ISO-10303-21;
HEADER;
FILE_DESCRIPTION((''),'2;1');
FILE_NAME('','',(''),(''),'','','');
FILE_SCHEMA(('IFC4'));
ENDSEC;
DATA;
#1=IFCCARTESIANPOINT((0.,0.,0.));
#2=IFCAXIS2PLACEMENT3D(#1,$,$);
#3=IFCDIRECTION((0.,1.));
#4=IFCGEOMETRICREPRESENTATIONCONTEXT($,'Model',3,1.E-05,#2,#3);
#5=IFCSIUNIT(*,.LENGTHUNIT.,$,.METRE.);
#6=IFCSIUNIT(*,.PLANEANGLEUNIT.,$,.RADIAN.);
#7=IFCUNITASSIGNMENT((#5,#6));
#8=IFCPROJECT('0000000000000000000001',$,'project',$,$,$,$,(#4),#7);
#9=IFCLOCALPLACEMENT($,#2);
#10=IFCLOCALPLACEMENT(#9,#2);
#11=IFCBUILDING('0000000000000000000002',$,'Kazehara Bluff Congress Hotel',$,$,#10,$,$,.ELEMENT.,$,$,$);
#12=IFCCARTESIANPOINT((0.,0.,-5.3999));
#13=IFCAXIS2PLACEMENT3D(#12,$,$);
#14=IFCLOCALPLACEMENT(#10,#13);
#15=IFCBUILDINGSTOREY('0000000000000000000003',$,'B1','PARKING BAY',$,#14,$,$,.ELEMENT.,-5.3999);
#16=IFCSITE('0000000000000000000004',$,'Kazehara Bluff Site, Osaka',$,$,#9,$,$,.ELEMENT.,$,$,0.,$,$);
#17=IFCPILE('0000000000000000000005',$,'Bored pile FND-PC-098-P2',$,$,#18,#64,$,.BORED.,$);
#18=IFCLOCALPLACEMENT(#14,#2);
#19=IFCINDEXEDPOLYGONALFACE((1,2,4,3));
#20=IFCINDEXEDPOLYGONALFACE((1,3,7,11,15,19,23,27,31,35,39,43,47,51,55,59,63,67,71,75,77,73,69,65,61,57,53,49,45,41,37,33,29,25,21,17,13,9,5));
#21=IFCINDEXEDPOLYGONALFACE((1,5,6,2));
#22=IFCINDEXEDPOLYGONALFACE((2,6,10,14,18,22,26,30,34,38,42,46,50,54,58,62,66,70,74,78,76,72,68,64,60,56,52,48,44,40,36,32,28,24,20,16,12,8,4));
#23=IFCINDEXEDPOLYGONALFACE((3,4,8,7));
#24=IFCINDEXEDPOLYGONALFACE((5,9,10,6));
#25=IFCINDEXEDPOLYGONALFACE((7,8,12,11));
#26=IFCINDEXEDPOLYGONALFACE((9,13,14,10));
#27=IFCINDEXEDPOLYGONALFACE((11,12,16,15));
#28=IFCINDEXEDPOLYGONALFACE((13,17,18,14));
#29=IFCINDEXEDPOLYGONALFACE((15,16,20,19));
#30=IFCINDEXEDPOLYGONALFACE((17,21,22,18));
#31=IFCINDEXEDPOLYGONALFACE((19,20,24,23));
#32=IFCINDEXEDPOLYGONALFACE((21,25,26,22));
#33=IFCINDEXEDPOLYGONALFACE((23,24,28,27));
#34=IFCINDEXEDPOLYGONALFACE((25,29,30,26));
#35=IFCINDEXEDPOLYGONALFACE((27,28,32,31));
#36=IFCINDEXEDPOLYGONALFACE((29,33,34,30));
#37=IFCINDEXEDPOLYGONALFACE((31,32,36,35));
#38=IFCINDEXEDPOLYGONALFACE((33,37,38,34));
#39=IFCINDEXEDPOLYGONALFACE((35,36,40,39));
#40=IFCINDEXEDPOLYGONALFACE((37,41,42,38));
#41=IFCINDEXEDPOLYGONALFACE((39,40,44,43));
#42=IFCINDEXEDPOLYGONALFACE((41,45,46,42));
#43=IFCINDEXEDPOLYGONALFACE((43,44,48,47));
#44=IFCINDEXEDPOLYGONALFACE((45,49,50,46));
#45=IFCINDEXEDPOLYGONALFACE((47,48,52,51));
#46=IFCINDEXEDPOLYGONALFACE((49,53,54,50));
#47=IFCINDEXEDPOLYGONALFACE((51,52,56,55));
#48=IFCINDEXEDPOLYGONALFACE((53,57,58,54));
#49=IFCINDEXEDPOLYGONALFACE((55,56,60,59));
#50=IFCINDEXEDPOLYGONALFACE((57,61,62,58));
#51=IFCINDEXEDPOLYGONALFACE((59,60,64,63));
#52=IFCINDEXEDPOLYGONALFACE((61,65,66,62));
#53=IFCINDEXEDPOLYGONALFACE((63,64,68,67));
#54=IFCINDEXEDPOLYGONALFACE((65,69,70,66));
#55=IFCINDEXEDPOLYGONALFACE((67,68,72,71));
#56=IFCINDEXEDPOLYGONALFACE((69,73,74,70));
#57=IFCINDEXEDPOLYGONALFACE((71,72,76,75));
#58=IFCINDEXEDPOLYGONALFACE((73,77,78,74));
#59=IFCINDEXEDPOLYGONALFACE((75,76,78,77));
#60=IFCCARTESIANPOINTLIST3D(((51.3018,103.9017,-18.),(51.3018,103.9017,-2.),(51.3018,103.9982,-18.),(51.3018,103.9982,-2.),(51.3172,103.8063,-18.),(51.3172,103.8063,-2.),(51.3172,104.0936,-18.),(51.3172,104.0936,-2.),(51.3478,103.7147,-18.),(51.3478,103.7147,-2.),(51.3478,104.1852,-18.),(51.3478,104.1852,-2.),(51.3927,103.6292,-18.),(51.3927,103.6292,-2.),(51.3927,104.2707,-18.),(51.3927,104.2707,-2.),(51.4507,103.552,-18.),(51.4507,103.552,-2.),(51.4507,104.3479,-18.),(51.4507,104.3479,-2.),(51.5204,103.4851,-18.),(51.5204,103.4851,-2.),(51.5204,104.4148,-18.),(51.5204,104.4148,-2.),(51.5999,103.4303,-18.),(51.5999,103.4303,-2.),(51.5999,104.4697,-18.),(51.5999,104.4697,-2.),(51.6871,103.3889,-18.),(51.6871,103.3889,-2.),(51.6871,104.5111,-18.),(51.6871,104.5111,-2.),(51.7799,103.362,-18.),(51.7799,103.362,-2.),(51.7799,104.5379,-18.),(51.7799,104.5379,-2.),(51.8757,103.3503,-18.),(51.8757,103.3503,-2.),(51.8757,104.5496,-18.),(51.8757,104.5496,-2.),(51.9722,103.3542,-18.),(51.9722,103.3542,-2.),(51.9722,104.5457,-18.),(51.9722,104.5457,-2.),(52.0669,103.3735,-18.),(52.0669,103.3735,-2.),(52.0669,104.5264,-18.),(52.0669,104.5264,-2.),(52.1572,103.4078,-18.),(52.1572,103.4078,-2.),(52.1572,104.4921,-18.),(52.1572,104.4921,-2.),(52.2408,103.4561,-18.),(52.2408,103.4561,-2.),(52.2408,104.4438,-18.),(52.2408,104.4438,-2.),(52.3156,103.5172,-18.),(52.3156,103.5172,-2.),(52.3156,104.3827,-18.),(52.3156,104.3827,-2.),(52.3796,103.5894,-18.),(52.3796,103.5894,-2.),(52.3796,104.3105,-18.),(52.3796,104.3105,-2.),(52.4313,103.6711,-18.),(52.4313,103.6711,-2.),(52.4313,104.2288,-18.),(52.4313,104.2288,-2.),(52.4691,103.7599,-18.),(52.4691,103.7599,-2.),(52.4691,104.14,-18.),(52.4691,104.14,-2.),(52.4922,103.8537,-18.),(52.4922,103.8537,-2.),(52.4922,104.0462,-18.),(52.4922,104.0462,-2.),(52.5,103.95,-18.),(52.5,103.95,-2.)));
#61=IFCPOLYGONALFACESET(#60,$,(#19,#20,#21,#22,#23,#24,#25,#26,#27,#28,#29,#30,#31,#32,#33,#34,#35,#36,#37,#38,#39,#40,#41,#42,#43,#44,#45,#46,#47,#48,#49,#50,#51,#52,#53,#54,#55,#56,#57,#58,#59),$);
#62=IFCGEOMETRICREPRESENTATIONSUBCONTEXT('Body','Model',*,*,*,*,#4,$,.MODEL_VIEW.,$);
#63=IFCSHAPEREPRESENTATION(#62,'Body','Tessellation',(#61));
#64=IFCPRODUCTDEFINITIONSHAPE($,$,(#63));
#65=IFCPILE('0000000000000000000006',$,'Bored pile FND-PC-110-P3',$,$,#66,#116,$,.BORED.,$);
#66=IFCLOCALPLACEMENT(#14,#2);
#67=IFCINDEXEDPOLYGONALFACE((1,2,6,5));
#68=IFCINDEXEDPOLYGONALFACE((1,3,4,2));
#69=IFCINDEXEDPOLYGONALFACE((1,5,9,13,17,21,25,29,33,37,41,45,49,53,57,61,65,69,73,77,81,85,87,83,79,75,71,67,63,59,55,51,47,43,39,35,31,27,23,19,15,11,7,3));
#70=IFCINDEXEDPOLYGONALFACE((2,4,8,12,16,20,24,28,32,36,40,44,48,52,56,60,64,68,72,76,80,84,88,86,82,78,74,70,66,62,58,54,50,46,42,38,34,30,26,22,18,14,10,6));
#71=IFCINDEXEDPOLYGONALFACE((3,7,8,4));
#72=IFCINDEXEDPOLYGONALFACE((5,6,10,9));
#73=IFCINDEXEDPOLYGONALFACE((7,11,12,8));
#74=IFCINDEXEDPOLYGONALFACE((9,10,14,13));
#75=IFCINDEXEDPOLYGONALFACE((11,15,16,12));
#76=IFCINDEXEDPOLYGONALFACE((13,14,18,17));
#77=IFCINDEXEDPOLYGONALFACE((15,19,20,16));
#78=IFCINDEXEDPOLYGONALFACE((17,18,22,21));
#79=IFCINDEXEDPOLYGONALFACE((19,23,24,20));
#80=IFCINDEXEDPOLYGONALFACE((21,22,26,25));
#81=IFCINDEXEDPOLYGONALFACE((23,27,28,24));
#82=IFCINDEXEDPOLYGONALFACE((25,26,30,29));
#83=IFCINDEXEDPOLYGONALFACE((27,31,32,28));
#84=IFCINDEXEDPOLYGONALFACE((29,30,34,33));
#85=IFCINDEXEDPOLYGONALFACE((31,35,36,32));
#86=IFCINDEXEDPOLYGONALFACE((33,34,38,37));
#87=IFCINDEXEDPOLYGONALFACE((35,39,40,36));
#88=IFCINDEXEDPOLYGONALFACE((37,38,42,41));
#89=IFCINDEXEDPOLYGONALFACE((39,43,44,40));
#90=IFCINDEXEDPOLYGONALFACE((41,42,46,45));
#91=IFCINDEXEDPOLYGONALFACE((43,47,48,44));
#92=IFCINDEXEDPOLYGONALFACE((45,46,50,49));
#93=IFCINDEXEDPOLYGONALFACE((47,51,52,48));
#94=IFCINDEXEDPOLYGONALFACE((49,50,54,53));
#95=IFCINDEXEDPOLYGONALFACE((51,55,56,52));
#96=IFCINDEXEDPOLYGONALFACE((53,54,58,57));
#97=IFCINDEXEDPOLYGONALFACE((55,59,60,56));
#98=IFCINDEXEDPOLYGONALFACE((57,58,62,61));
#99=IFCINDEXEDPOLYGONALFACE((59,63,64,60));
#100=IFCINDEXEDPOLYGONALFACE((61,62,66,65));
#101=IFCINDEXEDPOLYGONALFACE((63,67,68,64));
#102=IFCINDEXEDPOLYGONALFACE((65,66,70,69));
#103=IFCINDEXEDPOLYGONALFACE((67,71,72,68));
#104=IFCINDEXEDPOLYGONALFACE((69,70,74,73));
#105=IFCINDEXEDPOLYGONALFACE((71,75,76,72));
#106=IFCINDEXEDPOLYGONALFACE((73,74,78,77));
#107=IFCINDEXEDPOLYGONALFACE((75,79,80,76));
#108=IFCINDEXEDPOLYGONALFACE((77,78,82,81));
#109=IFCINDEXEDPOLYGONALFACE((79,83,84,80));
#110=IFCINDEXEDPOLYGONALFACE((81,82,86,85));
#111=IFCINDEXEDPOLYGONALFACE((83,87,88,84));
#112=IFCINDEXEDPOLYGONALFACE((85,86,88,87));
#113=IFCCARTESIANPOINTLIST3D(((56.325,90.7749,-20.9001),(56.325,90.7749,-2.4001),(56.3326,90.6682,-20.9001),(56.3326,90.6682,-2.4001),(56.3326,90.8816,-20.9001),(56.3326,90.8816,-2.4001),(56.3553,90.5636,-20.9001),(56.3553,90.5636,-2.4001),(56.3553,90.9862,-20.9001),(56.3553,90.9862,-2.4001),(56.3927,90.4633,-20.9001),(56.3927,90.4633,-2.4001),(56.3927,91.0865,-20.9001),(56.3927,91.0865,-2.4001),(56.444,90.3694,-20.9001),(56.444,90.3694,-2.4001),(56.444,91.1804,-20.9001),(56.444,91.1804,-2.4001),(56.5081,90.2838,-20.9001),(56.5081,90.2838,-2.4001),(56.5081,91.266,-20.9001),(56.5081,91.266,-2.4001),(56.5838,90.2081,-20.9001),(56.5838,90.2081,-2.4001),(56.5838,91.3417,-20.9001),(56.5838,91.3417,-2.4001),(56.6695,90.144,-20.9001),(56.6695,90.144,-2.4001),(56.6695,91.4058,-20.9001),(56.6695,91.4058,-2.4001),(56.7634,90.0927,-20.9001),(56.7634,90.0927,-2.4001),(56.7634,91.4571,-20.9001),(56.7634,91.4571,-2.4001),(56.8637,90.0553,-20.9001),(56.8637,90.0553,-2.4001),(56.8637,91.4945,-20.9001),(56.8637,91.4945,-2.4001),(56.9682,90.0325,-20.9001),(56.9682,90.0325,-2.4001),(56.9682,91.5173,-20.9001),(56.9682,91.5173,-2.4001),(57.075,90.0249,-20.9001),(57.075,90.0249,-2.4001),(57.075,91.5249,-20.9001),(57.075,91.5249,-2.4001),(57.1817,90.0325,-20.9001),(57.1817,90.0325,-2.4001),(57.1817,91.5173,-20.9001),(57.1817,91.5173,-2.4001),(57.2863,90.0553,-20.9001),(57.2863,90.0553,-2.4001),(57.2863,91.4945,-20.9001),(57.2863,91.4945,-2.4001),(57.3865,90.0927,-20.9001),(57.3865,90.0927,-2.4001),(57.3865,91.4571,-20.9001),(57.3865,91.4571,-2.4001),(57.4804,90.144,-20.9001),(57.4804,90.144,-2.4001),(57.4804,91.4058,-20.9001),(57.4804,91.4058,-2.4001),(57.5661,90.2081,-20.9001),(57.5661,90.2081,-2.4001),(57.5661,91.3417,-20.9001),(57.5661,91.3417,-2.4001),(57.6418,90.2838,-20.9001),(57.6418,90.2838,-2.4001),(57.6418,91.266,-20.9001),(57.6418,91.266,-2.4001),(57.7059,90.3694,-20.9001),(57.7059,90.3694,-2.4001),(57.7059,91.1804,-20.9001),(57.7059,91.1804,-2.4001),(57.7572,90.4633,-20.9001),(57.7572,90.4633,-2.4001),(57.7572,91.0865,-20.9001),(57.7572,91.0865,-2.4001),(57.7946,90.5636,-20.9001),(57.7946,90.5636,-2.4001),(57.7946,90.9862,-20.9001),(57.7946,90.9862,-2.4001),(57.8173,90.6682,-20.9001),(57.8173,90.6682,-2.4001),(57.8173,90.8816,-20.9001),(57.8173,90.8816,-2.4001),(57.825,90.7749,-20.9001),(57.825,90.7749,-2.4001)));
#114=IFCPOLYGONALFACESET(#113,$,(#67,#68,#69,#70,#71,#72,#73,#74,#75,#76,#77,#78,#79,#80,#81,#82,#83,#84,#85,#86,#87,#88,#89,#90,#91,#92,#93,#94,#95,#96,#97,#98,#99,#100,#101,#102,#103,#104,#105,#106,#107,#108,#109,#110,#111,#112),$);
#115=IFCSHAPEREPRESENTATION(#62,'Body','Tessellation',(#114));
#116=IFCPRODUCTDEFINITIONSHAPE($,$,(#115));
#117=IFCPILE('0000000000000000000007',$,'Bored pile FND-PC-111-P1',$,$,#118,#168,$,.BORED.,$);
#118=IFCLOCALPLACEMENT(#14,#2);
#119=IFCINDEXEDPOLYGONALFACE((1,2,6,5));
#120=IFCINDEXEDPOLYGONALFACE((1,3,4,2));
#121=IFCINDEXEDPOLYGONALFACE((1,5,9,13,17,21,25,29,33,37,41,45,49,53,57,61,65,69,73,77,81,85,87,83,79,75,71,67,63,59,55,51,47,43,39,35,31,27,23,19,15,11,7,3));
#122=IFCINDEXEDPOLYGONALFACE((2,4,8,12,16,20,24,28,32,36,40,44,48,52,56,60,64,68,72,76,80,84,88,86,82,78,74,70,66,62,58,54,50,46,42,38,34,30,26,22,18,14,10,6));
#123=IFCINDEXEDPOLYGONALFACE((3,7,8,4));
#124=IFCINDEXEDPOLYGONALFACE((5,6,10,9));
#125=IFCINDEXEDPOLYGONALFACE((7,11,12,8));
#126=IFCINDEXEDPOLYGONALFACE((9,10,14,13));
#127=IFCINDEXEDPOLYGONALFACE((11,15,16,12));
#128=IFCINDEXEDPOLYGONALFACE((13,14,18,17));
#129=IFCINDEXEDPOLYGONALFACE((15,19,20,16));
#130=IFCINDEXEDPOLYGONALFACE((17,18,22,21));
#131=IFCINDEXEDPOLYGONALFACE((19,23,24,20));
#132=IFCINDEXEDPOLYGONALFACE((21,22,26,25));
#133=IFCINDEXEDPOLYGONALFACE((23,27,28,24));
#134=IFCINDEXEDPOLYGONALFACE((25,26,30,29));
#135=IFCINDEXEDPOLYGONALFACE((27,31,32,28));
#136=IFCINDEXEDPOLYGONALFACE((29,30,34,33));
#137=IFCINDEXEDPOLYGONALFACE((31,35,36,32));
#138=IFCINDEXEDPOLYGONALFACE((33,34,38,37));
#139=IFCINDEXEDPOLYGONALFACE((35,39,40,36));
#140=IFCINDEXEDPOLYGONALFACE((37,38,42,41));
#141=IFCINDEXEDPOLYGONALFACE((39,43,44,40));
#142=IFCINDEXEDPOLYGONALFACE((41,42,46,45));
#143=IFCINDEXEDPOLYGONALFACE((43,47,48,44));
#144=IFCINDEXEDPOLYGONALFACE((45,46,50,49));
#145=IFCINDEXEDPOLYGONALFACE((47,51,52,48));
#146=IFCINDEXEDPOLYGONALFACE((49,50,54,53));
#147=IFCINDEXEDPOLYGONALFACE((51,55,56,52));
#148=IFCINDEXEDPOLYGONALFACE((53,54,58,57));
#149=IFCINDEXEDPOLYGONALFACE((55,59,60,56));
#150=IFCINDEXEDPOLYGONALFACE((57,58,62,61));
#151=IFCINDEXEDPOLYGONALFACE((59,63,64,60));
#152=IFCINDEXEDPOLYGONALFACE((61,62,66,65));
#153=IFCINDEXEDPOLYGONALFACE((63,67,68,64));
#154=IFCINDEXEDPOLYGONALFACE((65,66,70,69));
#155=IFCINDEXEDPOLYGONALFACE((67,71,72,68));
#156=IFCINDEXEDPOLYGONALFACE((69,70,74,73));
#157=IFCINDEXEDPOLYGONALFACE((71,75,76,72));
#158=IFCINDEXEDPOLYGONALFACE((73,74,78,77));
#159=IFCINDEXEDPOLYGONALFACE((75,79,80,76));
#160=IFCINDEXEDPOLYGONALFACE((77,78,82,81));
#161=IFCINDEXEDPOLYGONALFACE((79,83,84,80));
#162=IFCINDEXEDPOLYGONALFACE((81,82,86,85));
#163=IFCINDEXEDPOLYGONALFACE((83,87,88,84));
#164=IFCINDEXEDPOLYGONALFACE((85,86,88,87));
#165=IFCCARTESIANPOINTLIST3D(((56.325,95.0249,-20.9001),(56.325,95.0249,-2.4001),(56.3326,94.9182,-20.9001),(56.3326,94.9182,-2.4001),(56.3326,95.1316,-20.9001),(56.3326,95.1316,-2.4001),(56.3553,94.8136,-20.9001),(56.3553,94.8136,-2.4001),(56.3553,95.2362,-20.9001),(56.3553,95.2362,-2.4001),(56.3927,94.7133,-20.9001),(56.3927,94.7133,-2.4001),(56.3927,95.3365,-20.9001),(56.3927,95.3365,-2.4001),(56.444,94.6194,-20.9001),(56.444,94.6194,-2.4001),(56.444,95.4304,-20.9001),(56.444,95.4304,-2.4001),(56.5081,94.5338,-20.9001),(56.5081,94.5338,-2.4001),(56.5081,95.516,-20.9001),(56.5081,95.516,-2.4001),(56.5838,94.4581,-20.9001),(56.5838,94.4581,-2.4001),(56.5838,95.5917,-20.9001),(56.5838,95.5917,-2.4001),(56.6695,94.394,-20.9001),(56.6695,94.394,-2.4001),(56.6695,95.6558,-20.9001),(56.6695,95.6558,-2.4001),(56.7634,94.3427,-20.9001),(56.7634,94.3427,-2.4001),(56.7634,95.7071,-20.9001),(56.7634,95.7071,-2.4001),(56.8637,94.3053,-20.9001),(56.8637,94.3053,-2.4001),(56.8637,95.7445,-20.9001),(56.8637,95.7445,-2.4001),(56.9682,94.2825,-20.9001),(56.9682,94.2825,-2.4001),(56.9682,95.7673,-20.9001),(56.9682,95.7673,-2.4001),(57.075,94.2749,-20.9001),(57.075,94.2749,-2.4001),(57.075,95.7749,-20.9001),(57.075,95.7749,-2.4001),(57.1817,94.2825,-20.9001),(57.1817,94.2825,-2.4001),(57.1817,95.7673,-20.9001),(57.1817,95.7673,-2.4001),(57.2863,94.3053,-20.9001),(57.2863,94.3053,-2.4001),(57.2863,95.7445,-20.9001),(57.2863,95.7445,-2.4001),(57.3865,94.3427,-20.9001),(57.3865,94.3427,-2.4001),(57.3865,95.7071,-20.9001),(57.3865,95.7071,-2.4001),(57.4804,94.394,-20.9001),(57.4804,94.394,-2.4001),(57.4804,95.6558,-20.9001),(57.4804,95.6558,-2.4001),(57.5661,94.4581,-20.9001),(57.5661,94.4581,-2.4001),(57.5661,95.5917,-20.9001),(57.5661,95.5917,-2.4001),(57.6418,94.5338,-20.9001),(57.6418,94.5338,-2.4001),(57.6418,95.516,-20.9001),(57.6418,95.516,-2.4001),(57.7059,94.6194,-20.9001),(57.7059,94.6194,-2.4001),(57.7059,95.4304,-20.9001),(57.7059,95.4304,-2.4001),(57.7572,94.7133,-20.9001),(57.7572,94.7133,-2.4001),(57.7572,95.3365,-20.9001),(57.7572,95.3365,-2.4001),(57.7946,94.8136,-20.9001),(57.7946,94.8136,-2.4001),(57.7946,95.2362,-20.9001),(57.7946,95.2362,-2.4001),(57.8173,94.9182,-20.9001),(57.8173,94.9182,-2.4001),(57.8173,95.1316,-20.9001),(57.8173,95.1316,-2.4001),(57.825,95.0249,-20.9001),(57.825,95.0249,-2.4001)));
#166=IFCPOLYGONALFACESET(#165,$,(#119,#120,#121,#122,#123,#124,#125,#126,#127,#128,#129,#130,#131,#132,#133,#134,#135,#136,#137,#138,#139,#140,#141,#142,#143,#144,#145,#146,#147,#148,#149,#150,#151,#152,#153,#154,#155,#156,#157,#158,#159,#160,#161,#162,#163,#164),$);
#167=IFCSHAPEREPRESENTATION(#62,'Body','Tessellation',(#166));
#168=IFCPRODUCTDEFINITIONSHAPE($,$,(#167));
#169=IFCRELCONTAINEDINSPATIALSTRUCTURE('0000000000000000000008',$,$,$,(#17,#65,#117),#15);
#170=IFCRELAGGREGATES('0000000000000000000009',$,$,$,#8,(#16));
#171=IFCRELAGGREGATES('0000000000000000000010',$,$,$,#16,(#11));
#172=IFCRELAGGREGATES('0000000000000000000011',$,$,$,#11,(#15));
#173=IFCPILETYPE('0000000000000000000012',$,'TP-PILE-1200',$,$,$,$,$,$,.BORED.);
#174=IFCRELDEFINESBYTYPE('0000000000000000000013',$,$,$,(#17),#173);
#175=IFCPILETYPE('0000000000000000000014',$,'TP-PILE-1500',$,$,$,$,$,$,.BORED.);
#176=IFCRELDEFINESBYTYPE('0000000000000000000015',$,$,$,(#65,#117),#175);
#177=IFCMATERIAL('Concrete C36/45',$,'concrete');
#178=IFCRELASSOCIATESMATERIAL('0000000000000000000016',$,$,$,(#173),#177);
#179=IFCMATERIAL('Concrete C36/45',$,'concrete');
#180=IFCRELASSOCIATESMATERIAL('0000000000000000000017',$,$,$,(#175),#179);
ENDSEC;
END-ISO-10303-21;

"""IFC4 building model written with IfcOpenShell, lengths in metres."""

from ifc_helpers import new_model, si_unit, direction, frame, origin, origin_2d, place, context, subcontext, project, spatial, circle, extrude, material, material_profile, profile_set, type_object, element, save


model = new_model("IFC4")

# Units and contexts
model_context = context("Model", 3, precision=1e-05, world=origin(), true_north=direction((0.0, 1.0)))
body_context = subcontext(model_context, "Body", "Model", "MODEL_VIEW")
ifc_project = project(units=[si_unit("LENGTHUNIT", "METRE"), si_unit("PLANEANGLEUNIT", "RADIAN")], contexts=[model_context])

# Site, building, storey
site_placement = place(None, origin())
site = spatial("IfcSite", under=ifc_project, at=site_placement, Name="Kazehara Bluff Site, Osaka", CompositionType="ELEMENT", RefElevation=0.0)
building_placement = place(site_placement, origin())
building = spatial("IfcBuilding", under=site, at=building_placement, Name="Kazehara Bluff Congress Hotel", CompositionType="ELEMENT")
storey_placement = place(building_placement, frame((0.0, 0.0, -5.3999)))
storey = spatial("IfcBuildingStorey", under=building, at=storey_placement, Name="B1", Description="PARKING BAY", CompositionType="ELEMENT", Elevation=-5.3999)

# Piles
ifc_material_1 = material(Name="Concrete C36/45", Category="concrete")
ifc_material_profile_1 = material_profile(ifc_material_1, circle(Radius=0.6001, at=origin_2d()))
ifc_profile_set_1 = profile_set([ifc_material_profile_1], Name="Concrete C36/45")
pile_type_1 = type_object("IfcPileType", Name="TP-PILE-1200", PredefinedType="BORED", material=ifc_profile_set_1)
for number, where, z_axis, x_axis, name in (
    (1, (51.8999, 103.95, -2.0), (0.0, 0.0, -1.0), (1.0, 0.0, 0.0), "Bored pile FND-PC-098-P2"),
):
    element("IfcPile", number, at=place(storey_placement, frame(where, z_axis=z_axis, x_axis=x_axis)), inside=storey, type_object=pile_type_1, Name=name, PredefinedType="BORED", context=body_context, shape_type="SweptSolid", body=[
        extrude(circle(Radius=0.6001, at=origin_2d()), origin(), (0.0, 0.0, 1.0), 16.0),
    ])
ifc_material_2 = material(Name="Concrete C36/45", Category="concrete")
ifc_material_profile_2 = material_profile(ifc_material_2, circle(Radius=0.75, at=origin_2d()))
ifc_profile_set_2 = profile_set([ifc_material_profile_2], Name="Concrete C36/45")
pile_type_2 = type_object("IfcPileType", Name="TP-PILE-1500", PredefinedType="BORED", material=ifc_profile_set_2)
for number, where, z_axis, x_axis, name in (
    (2, (57.075, 90.7749, -2.4001), (0.0, 0.0, -1.0), (1.0, 0.0, 0.0), "Bored pile FND-PC-110-P3"),
    (3, (57.075, 95.0249, -2.4001), (0.0, 0.0, -1.0), (1.0, 0.0, 0.0), "Bored pile FND-PC-111-P1"),
):
    element("IfcPile", number, at=place(storey_placement, frame(where, z_axis=z_axis, x_axis=x_axis)), inside=storey, type_object=pile_type_2, Name=name, PredefinedType="BORED", context=body_context, shape_type="SweptSolid", body=[
        extrude(circle(Radius=0.75, at=origin_2d()), origin(), (0.0, 0.0, 1.0), 18.5),
    ])

save(model, "model.ifc")
